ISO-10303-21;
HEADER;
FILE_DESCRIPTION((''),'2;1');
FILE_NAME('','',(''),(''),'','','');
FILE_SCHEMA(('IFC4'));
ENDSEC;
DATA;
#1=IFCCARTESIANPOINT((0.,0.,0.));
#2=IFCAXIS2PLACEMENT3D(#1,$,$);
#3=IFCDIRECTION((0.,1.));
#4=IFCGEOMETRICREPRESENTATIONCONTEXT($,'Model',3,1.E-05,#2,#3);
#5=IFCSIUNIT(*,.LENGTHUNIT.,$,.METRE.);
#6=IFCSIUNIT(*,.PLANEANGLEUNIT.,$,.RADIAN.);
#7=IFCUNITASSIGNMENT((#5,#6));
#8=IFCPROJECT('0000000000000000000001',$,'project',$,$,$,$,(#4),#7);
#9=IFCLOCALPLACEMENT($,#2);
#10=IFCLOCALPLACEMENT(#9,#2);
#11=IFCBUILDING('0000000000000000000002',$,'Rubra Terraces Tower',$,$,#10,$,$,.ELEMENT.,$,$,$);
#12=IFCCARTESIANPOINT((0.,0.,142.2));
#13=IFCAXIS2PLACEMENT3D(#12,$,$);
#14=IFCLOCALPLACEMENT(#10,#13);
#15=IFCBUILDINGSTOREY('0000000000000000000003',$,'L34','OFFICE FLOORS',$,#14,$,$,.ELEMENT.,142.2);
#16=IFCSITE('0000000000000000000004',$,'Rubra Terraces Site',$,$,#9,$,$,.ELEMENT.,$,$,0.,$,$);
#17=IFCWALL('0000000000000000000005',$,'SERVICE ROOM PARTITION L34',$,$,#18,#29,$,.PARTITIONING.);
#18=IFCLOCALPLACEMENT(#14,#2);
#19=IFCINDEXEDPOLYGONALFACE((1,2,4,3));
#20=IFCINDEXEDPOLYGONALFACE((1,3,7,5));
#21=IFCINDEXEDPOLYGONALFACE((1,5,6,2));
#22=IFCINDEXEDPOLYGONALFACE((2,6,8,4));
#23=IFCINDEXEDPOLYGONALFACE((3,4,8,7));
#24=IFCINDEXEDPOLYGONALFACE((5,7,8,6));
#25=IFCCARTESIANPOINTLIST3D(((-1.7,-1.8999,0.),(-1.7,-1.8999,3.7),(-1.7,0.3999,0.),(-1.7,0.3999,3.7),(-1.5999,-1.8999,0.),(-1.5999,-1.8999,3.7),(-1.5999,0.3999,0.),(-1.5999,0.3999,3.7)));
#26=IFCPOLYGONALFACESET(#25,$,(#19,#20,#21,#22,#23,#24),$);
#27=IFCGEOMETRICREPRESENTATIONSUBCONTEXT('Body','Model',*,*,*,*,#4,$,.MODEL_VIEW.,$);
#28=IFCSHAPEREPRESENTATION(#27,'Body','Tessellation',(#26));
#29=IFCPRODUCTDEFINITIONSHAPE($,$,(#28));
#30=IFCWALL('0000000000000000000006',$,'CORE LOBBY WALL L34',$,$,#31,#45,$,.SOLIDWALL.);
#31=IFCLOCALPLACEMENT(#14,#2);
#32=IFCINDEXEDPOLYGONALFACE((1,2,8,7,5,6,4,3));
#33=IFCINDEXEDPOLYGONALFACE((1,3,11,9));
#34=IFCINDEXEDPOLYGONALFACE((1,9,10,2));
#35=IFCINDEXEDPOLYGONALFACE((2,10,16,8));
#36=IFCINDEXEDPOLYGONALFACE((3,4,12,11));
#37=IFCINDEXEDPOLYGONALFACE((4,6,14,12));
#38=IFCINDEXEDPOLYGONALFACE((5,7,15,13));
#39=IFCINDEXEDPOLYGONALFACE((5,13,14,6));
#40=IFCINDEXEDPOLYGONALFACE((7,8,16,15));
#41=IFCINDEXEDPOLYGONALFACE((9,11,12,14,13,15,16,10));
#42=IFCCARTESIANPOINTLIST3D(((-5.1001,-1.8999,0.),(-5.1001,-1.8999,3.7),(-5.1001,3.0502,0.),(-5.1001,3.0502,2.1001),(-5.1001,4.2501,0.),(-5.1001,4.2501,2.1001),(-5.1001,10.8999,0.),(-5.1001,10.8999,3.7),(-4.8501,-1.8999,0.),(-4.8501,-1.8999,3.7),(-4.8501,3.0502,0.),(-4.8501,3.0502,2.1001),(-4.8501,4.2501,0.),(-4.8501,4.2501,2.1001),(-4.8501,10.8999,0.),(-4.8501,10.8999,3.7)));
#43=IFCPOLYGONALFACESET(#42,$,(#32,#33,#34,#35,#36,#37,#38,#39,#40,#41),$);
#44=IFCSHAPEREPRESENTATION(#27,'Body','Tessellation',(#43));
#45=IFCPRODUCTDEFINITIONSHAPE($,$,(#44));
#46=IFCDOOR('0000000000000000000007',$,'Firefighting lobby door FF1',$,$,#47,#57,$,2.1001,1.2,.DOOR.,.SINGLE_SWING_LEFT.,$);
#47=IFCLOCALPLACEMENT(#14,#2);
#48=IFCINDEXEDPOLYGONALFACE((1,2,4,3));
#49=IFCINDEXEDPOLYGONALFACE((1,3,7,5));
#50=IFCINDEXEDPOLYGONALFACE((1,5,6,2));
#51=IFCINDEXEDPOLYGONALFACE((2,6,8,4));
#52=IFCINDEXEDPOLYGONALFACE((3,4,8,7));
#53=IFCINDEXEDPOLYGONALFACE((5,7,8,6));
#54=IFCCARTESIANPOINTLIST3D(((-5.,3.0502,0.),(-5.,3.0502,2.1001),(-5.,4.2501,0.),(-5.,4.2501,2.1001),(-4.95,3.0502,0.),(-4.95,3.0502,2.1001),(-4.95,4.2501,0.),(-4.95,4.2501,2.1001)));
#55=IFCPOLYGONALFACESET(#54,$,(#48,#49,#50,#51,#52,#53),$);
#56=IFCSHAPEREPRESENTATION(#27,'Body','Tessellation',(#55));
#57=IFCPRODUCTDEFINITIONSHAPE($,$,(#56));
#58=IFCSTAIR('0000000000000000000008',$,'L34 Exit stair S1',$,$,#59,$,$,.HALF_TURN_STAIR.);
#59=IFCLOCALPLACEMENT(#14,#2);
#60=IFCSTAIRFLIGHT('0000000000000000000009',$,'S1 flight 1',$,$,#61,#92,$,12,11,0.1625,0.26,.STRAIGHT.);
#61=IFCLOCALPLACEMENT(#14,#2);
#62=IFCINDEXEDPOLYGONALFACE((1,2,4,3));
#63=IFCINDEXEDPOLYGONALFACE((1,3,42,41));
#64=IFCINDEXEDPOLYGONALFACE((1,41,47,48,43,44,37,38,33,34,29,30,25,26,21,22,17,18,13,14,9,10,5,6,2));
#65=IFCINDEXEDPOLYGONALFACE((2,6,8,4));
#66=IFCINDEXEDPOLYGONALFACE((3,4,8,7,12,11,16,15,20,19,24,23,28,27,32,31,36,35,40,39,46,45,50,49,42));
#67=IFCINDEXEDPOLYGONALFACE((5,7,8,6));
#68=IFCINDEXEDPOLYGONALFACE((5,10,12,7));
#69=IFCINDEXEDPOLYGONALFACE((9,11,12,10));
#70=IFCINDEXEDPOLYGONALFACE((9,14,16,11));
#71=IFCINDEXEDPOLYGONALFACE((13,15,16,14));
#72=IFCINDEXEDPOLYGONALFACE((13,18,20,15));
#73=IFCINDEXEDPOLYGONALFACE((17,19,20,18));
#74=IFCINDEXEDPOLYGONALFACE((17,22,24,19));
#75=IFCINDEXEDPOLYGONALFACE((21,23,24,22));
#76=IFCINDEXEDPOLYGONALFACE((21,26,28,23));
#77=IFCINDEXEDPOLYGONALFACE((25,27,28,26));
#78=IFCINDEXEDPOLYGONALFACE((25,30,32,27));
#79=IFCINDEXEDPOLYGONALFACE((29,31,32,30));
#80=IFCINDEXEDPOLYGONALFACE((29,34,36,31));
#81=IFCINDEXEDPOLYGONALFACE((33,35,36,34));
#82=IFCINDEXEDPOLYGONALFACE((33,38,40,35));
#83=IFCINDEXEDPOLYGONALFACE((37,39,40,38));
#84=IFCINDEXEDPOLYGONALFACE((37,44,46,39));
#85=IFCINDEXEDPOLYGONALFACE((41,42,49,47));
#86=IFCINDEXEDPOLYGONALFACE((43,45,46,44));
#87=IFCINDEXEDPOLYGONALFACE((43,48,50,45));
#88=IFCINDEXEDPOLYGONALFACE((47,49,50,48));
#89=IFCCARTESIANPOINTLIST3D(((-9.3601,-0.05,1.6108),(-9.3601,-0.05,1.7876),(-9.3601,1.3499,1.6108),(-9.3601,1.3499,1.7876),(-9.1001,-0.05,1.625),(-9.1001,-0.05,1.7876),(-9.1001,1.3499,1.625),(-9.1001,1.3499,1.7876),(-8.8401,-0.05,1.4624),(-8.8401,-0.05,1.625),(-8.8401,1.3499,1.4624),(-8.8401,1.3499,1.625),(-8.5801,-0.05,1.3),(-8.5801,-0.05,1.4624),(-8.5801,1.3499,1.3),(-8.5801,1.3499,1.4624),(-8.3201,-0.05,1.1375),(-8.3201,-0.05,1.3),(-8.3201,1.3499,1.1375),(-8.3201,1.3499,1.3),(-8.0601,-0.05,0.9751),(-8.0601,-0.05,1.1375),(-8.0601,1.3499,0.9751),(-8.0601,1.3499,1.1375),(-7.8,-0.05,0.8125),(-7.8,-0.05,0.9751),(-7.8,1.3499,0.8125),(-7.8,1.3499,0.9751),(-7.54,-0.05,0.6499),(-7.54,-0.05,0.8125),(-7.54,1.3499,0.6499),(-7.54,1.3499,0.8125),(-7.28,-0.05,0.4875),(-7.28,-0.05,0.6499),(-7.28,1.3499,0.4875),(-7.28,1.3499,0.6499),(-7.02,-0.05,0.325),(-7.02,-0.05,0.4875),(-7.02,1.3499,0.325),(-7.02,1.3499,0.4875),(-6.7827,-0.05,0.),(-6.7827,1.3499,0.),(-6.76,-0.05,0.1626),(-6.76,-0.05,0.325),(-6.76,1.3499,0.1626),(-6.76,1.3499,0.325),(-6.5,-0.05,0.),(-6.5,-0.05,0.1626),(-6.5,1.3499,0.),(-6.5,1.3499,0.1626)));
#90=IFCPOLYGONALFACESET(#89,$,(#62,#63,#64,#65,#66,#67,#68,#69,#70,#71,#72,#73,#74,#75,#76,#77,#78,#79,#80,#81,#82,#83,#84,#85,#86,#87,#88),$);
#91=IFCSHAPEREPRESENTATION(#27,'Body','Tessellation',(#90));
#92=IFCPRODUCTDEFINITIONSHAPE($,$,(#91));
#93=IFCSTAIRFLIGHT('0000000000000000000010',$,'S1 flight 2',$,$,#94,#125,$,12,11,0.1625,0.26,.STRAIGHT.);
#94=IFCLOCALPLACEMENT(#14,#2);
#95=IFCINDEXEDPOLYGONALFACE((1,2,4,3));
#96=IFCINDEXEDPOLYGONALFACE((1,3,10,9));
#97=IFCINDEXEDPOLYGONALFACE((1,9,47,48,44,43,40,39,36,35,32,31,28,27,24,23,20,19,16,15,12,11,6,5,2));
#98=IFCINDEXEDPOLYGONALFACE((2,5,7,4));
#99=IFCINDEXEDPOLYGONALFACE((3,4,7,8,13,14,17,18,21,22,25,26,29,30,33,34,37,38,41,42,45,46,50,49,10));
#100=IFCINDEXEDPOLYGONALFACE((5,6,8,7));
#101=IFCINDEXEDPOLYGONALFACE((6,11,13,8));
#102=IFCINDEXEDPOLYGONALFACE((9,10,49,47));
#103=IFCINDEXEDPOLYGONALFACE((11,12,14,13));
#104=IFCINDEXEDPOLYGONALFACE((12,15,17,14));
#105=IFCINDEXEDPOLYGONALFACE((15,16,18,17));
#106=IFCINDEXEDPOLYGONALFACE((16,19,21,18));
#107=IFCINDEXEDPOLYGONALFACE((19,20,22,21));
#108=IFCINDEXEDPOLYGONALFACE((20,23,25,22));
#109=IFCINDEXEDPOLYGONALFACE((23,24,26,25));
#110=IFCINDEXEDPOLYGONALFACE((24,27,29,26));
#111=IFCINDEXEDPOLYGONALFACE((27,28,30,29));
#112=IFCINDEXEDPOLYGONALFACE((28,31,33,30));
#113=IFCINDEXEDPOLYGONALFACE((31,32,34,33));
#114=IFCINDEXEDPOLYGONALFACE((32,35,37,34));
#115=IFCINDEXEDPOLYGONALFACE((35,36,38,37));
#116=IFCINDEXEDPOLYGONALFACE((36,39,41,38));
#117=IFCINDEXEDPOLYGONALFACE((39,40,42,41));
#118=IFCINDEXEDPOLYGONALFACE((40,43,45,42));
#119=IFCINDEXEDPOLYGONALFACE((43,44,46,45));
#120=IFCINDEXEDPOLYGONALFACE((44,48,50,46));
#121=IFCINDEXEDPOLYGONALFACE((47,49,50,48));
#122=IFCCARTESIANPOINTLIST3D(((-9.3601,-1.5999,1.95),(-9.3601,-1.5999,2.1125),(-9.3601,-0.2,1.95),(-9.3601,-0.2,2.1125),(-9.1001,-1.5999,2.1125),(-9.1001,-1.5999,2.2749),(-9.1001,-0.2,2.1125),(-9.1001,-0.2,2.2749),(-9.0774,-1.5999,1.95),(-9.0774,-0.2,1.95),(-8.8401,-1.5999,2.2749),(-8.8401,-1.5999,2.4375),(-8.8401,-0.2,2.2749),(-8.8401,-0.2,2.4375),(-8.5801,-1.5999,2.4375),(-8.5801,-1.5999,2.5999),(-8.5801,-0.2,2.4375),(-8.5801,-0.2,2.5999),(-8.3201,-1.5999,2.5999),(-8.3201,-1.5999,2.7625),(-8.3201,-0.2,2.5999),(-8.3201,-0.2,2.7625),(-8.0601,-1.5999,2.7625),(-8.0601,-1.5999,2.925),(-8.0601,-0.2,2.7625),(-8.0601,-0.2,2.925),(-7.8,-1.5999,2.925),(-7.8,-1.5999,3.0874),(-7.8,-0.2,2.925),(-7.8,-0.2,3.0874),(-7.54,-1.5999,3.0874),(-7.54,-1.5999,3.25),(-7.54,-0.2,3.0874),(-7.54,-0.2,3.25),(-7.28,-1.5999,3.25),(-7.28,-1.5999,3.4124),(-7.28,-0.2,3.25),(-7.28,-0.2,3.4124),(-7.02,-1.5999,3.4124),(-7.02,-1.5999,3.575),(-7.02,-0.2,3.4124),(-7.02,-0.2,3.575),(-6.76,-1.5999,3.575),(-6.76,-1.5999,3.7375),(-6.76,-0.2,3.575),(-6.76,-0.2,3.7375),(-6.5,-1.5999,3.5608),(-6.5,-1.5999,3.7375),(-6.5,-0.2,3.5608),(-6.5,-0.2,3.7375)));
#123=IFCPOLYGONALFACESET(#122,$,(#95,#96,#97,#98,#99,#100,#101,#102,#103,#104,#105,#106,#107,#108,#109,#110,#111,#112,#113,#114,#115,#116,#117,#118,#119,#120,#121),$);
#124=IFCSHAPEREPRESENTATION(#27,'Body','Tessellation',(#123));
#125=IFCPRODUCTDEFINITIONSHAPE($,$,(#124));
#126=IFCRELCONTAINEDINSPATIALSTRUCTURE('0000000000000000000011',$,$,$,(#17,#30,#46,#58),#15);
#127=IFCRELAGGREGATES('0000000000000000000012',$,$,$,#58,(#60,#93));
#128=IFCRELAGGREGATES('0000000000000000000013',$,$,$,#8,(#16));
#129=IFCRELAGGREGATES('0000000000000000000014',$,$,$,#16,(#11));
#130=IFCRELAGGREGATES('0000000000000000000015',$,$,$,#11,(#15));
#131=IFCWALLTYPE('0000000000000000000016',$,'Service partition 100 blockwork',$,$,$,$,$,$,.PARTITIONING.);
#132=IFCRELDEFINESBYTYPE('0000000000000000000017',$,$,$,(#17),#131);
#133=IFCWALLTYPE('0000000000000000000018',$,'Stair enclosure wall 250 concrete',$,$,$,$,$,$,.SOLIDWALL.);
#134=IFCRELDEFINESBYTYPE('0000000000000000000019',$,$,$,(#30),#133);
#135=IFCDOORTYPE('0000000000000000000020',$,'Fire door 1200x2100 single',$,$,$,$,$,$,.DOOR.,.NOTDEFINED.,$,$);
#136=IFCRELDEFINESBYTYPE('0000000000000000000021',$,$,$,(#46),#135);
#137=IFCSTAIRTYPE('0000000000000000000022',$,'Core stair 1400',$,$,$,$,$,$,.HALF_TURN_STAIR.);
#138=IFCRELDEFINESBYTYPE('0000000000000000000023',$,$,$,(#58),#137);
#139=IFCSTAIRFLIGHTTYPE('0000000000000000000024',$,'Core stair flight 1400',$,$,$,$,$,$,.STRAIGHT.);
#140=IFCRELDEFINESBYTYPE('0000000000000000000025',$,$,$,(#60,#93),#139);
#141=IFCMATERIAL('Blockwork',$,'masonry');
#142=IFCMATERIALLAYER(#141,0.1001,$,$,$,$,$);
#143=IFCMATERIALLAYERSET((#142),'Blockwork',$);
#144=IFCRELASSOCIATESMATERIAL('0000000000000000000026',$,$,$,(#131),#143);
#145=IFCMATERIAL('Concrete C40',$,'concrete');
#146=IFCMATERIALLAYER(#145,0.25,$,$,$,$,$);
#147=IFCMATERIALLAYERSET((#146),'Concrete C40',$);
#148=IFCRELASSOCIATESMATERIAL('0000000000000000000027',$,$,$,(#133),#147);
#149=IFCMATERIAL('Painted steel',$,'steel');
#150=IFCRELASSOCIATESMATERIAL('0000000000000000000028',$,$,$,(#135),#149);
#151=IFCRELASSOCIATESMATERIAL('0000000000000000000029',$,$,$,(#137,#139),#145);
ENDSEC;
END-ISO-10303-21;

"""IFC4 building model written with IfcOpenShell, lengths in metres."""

from ifc_helpers import new_model, si_unit, direction, frame, frame_2d, origin, place, context, subcontext, project, spatial, polyline, rectangle, outline, extrude, material, layer, layer_set, type_object, element, fill, aggregate, save


model = new_model("IFC4")

# Units and contexts
model_context = context("Model", 3, precision=1e-05, world=origin(), true_north=direction((0.0, 1.0)))
body_context = subcontext(model_context, "Body", "Model", "MODEL_VIEW")
ifc_project = project(units=[si_unit("LENGTHUNIT", "METRE"), si_unit("PLANEANGLEUNIT", "RADIAN")], contexts=[model_context])

# Site, building, storey
site_placement = place(None, origin())
site = spatial("IfcSite", under=ifc_project, at=site_placement, Name="Rubra Terraces Site", CompositionType="ELEMENT", RefElevation=0.0)
building_placement = place(site_placement, origin())
building = spatial("IfcBuilding", under=site, at=building_placement, Name="Rubra Terraces Tower", CompositionType="ELEMENT")
storey_placement = place(building_placement, frame((0.0, 0.0, 142.2)))
storey = spatial("IfcBuildingStorey", under=building, at=storey_placement, Name="L34", Description="OFFICE FLOORS", CompositionType="ELEMENT", Elevation=142.2)

# Shared definitions
ifc_material_1 = material(Name="Concrete C40", Category="concrete")

# Shared definitions
ifc_material_2 = material(Name="Painted steel", Category="steel")

# Wall
ifc_material_3 = material(Name="Blockwork", Category="masonry")
ifc_layer_1 = layer(ifc_material_3, 0.1001)
ifc_layer_set_1 = layer_set([ifc_layer_1], Name="Blockwork")
wall_type_1 = type_object("IfcWallType", Name="Service partition 100 blockwork", PredefinedType="PARTITIONING", material=ifc_layer_set_1)
wall_1_placement = place(storey_placement, frame((-1.6499, -1.8999, 0.0), z_axis=(0.0, 0.0, 1.0), x_axis=(0.0, 1.0, 0.0)))
element("IfcWall", 1, at=wall_1_placement, inside=storey, type_object=wall_type_1, Name="SERVICE ROOM PARTITION L34", PredefinedType="PARTITIONING", context=body_context, shape_type="SweptSolid", body=[
    extrude(rectangle(XDim=2.2998, YDim=0.1001, at=frame_2d((1.1499, 0.0))), origin(), (0.0, 0.0, 1.0), 3.7),
])

# Wall, opening, door
ifc_layer_2 = layer(ifc_material_1, 0.25)
ifc_layer_set_2 = layer_set([ifc_layer_2], Name="Concrete C40")
wall_type_2 = type_object("IfcWallType", Name="Stair enclosure wall 250 concrete", PredefinedType="SOLIDWALL", material=ifc_layer_set_2)
wall_2_placement = place(storey_placement, frame((-4.9751, -1.8999, 0.0), z_axis=(0.0, 0.0, 1.0), x_axis=(0.0, 1.0, 0.0)))
wall_2 = element("IfcWall", 2, at=wall_2_placement, inside=storey, type_object=wall_type_2, Name="CORE LOBBY WALL L34", PredefinedType="SOLIDWALL", context=body_context, shape_type="SweptSolid", body=[
    extrude(rectangle(XDim=12.7998, YDim=0.25, at=frame_2d((6.3999, 0.0))), origin(), (0.0, 0.0, 1.0), 3.7),
])
opening_1_placement = place(wall_2_placement, frame((4.95, 0.0, 0.0)))
opening_1 = element("IfcOpeningElement", 3, at=opening_1_placement, cuts=wall_2, PredefinedType="OPENING", context=body_context, shape_type="SweptSolid", body=[
    extrude(rectangle(XDim=1.2, YDim=2.1001, at=frame_2d((0.6001, 1.05))), frame((0.0, 0.135, 0.0), z_axis=(0.0, -1.0, 0.0), x_axis=(1.0, 0.0, 0.0)), (0.0, 0.0, 1.0), 0.27),
])
door_type_1 = type_object("IfcDoorType", Name="Fire door 1200x2100 single", OperationType="NOTDEFINED", PredefinedType="DOOR", material=ifc_material_2)
door_1_placement = place(opening_1_placement, origin())
door_1 = element("IfcDoor", 4, at=door_1_placement, inside=storey, type_object=door_type_1, Name="Firefighting lobby door FF1", OperationType="SINGLE_SWING_LEFT", OverallHeight=2.1001, OverallWidth=1.2, PredefinedType="DOOR", context=body_context, shape_type="SweptSolid", body=[
    extrude(rectangle(XDim=1.2, YDim=2.1001, at=frame_2d((0.6001, 1.05))), frame((0.0, 0.0249, 0.0), z_axis=(0.0, -1.0, 0.0), x_axis=(1.0, 0.0, 0.0)), (0.0, 0.0, 1.0), 0.05),
])
fill(opening_1, door_1)

# Stair, stair flights
stair_type = type_object("IfcStairType", Name="Core stair 1400", PredefinedType="HALF_TURN_STAIR", material=ifc_material_1)
stair_placement = place(storey_placement, origin())
stair = element("IfcStair", 5, at=stair_placement, inside=storey, type_object=stair_type, Name="L34 Exit stair S1", PredefinedType="HALF_TURN_STAIR")
stair_flight_type = type_object("IfcStairFlightType", Name="Core stair flight 1400", PredefinedType="STRAIGHT", material=ifc_material_1)
stair_flight_1_placement = place(storey_placement, frame((-6.5, 0.6499, 0.0), z_axis=(0.0, 0.0, 1.0), x_axis=(-1.0, 0.0, 0.0)))
stair_flight_1 = element("IfcStairFlight", 6, at=stair_flight_1_placement, type_object=stair_flight_type, Name="S1 flight 1", NumberOfRisers=12, NumberOfTreads=11, PredefinedType="STRAIGHT", RiserHeight=0.1625, TreadLength=0.26, context=body_context, shape_type="SweptSolid", body=[
    extrude(outline(polyline([(0.0, 0.0), (0.0, 0.1626), (0.26, 0.1626), (0.26, 0.325), (0.52, 0.325), (0.52, 0.4875), (0.78, 0.4875), (0.78, 0.6499), (1.04, 0.6499), (1.04, 0.8125), (1.3, 0.8125), (1.3, 0.9751), (1.5601, 0.9751), (1.5601, 1.1375), (1.8201, 1.1375), (1.8201, 1.3), (2.0801, 1.3), (2.0801, 1.4624), (2.3401, 1.4624), (2.3401, 1.625), (2.6001, 1.625), (2.6001, 1.7876), (2.8601, 1.7876), (2.8601, 1.95), (2.8601, 1.6108), (0.2827, 0.0), (0.0, 0.0)])), frame((0.0, 0.7, 0.0), z_axis=(0.0, -1.0, 0.0), x_axis=(1.0, 0.0, 0.0)), (0.0, 0.0, 1.0), 1.3999),
])
stair_flight_2_placement = place(storey_placement, frame((-9.3601, -0.8999, 1.95), z_axis=(0.0, 0.0, 1.0), x_axis=(1.0, 0.0, 0.0)))
stair_flight_2 = element("IfcStairFlight", 7, at=stair_flight_2_placement, type_object=stair_flight_type, Name="S1 flight 2", NumberOfRisers=12, NumberOfTreads=11, PredefinedType="STRAIGHT", RiserHeight=0.1625, TreadLength=0.26, context=body_context, shape_type="SweptSolid", body=[
    extrude(outline(polyline([(0.0, 0.0), (0.0, 0.1626), (0.26, 0.1626), (0.26, 0.325), (0.52, 0.325), (0.52, 0.4875), (0.78, 0.4875), (0.78, 0.6499), (1.04, 0.6499), (1.04, 0.8125), (1.3, 0.8125), (1.3, 0.9751), (1.5601, 0.9751), (1.5601, 1.1375), (1.8201, 1.1375), (1.8201, 1.3), (2.0801, 1.3), (2.0801, 1.4624), (2.3401, 1.4624), (2.3401, 1.625), (2.6001, 1.625), (2.6001, 1.7876), (2.8601, 1.7876), (2.8601, 1.95), (2.8601, 1.6108), (0.2827, 0.0), (0.0, 0.0)])), frame((0.0, 0.7, 0.0), z_axis=(0.0, -1.0, 0.0), x_axis=(1.0, 0.0, 0.0)), (0.0, 0.0, 1.0), 1.3999),
])
aggregate(stair, [stair_flight_1, stair_flight_2])

save(model, "model.ifc")
